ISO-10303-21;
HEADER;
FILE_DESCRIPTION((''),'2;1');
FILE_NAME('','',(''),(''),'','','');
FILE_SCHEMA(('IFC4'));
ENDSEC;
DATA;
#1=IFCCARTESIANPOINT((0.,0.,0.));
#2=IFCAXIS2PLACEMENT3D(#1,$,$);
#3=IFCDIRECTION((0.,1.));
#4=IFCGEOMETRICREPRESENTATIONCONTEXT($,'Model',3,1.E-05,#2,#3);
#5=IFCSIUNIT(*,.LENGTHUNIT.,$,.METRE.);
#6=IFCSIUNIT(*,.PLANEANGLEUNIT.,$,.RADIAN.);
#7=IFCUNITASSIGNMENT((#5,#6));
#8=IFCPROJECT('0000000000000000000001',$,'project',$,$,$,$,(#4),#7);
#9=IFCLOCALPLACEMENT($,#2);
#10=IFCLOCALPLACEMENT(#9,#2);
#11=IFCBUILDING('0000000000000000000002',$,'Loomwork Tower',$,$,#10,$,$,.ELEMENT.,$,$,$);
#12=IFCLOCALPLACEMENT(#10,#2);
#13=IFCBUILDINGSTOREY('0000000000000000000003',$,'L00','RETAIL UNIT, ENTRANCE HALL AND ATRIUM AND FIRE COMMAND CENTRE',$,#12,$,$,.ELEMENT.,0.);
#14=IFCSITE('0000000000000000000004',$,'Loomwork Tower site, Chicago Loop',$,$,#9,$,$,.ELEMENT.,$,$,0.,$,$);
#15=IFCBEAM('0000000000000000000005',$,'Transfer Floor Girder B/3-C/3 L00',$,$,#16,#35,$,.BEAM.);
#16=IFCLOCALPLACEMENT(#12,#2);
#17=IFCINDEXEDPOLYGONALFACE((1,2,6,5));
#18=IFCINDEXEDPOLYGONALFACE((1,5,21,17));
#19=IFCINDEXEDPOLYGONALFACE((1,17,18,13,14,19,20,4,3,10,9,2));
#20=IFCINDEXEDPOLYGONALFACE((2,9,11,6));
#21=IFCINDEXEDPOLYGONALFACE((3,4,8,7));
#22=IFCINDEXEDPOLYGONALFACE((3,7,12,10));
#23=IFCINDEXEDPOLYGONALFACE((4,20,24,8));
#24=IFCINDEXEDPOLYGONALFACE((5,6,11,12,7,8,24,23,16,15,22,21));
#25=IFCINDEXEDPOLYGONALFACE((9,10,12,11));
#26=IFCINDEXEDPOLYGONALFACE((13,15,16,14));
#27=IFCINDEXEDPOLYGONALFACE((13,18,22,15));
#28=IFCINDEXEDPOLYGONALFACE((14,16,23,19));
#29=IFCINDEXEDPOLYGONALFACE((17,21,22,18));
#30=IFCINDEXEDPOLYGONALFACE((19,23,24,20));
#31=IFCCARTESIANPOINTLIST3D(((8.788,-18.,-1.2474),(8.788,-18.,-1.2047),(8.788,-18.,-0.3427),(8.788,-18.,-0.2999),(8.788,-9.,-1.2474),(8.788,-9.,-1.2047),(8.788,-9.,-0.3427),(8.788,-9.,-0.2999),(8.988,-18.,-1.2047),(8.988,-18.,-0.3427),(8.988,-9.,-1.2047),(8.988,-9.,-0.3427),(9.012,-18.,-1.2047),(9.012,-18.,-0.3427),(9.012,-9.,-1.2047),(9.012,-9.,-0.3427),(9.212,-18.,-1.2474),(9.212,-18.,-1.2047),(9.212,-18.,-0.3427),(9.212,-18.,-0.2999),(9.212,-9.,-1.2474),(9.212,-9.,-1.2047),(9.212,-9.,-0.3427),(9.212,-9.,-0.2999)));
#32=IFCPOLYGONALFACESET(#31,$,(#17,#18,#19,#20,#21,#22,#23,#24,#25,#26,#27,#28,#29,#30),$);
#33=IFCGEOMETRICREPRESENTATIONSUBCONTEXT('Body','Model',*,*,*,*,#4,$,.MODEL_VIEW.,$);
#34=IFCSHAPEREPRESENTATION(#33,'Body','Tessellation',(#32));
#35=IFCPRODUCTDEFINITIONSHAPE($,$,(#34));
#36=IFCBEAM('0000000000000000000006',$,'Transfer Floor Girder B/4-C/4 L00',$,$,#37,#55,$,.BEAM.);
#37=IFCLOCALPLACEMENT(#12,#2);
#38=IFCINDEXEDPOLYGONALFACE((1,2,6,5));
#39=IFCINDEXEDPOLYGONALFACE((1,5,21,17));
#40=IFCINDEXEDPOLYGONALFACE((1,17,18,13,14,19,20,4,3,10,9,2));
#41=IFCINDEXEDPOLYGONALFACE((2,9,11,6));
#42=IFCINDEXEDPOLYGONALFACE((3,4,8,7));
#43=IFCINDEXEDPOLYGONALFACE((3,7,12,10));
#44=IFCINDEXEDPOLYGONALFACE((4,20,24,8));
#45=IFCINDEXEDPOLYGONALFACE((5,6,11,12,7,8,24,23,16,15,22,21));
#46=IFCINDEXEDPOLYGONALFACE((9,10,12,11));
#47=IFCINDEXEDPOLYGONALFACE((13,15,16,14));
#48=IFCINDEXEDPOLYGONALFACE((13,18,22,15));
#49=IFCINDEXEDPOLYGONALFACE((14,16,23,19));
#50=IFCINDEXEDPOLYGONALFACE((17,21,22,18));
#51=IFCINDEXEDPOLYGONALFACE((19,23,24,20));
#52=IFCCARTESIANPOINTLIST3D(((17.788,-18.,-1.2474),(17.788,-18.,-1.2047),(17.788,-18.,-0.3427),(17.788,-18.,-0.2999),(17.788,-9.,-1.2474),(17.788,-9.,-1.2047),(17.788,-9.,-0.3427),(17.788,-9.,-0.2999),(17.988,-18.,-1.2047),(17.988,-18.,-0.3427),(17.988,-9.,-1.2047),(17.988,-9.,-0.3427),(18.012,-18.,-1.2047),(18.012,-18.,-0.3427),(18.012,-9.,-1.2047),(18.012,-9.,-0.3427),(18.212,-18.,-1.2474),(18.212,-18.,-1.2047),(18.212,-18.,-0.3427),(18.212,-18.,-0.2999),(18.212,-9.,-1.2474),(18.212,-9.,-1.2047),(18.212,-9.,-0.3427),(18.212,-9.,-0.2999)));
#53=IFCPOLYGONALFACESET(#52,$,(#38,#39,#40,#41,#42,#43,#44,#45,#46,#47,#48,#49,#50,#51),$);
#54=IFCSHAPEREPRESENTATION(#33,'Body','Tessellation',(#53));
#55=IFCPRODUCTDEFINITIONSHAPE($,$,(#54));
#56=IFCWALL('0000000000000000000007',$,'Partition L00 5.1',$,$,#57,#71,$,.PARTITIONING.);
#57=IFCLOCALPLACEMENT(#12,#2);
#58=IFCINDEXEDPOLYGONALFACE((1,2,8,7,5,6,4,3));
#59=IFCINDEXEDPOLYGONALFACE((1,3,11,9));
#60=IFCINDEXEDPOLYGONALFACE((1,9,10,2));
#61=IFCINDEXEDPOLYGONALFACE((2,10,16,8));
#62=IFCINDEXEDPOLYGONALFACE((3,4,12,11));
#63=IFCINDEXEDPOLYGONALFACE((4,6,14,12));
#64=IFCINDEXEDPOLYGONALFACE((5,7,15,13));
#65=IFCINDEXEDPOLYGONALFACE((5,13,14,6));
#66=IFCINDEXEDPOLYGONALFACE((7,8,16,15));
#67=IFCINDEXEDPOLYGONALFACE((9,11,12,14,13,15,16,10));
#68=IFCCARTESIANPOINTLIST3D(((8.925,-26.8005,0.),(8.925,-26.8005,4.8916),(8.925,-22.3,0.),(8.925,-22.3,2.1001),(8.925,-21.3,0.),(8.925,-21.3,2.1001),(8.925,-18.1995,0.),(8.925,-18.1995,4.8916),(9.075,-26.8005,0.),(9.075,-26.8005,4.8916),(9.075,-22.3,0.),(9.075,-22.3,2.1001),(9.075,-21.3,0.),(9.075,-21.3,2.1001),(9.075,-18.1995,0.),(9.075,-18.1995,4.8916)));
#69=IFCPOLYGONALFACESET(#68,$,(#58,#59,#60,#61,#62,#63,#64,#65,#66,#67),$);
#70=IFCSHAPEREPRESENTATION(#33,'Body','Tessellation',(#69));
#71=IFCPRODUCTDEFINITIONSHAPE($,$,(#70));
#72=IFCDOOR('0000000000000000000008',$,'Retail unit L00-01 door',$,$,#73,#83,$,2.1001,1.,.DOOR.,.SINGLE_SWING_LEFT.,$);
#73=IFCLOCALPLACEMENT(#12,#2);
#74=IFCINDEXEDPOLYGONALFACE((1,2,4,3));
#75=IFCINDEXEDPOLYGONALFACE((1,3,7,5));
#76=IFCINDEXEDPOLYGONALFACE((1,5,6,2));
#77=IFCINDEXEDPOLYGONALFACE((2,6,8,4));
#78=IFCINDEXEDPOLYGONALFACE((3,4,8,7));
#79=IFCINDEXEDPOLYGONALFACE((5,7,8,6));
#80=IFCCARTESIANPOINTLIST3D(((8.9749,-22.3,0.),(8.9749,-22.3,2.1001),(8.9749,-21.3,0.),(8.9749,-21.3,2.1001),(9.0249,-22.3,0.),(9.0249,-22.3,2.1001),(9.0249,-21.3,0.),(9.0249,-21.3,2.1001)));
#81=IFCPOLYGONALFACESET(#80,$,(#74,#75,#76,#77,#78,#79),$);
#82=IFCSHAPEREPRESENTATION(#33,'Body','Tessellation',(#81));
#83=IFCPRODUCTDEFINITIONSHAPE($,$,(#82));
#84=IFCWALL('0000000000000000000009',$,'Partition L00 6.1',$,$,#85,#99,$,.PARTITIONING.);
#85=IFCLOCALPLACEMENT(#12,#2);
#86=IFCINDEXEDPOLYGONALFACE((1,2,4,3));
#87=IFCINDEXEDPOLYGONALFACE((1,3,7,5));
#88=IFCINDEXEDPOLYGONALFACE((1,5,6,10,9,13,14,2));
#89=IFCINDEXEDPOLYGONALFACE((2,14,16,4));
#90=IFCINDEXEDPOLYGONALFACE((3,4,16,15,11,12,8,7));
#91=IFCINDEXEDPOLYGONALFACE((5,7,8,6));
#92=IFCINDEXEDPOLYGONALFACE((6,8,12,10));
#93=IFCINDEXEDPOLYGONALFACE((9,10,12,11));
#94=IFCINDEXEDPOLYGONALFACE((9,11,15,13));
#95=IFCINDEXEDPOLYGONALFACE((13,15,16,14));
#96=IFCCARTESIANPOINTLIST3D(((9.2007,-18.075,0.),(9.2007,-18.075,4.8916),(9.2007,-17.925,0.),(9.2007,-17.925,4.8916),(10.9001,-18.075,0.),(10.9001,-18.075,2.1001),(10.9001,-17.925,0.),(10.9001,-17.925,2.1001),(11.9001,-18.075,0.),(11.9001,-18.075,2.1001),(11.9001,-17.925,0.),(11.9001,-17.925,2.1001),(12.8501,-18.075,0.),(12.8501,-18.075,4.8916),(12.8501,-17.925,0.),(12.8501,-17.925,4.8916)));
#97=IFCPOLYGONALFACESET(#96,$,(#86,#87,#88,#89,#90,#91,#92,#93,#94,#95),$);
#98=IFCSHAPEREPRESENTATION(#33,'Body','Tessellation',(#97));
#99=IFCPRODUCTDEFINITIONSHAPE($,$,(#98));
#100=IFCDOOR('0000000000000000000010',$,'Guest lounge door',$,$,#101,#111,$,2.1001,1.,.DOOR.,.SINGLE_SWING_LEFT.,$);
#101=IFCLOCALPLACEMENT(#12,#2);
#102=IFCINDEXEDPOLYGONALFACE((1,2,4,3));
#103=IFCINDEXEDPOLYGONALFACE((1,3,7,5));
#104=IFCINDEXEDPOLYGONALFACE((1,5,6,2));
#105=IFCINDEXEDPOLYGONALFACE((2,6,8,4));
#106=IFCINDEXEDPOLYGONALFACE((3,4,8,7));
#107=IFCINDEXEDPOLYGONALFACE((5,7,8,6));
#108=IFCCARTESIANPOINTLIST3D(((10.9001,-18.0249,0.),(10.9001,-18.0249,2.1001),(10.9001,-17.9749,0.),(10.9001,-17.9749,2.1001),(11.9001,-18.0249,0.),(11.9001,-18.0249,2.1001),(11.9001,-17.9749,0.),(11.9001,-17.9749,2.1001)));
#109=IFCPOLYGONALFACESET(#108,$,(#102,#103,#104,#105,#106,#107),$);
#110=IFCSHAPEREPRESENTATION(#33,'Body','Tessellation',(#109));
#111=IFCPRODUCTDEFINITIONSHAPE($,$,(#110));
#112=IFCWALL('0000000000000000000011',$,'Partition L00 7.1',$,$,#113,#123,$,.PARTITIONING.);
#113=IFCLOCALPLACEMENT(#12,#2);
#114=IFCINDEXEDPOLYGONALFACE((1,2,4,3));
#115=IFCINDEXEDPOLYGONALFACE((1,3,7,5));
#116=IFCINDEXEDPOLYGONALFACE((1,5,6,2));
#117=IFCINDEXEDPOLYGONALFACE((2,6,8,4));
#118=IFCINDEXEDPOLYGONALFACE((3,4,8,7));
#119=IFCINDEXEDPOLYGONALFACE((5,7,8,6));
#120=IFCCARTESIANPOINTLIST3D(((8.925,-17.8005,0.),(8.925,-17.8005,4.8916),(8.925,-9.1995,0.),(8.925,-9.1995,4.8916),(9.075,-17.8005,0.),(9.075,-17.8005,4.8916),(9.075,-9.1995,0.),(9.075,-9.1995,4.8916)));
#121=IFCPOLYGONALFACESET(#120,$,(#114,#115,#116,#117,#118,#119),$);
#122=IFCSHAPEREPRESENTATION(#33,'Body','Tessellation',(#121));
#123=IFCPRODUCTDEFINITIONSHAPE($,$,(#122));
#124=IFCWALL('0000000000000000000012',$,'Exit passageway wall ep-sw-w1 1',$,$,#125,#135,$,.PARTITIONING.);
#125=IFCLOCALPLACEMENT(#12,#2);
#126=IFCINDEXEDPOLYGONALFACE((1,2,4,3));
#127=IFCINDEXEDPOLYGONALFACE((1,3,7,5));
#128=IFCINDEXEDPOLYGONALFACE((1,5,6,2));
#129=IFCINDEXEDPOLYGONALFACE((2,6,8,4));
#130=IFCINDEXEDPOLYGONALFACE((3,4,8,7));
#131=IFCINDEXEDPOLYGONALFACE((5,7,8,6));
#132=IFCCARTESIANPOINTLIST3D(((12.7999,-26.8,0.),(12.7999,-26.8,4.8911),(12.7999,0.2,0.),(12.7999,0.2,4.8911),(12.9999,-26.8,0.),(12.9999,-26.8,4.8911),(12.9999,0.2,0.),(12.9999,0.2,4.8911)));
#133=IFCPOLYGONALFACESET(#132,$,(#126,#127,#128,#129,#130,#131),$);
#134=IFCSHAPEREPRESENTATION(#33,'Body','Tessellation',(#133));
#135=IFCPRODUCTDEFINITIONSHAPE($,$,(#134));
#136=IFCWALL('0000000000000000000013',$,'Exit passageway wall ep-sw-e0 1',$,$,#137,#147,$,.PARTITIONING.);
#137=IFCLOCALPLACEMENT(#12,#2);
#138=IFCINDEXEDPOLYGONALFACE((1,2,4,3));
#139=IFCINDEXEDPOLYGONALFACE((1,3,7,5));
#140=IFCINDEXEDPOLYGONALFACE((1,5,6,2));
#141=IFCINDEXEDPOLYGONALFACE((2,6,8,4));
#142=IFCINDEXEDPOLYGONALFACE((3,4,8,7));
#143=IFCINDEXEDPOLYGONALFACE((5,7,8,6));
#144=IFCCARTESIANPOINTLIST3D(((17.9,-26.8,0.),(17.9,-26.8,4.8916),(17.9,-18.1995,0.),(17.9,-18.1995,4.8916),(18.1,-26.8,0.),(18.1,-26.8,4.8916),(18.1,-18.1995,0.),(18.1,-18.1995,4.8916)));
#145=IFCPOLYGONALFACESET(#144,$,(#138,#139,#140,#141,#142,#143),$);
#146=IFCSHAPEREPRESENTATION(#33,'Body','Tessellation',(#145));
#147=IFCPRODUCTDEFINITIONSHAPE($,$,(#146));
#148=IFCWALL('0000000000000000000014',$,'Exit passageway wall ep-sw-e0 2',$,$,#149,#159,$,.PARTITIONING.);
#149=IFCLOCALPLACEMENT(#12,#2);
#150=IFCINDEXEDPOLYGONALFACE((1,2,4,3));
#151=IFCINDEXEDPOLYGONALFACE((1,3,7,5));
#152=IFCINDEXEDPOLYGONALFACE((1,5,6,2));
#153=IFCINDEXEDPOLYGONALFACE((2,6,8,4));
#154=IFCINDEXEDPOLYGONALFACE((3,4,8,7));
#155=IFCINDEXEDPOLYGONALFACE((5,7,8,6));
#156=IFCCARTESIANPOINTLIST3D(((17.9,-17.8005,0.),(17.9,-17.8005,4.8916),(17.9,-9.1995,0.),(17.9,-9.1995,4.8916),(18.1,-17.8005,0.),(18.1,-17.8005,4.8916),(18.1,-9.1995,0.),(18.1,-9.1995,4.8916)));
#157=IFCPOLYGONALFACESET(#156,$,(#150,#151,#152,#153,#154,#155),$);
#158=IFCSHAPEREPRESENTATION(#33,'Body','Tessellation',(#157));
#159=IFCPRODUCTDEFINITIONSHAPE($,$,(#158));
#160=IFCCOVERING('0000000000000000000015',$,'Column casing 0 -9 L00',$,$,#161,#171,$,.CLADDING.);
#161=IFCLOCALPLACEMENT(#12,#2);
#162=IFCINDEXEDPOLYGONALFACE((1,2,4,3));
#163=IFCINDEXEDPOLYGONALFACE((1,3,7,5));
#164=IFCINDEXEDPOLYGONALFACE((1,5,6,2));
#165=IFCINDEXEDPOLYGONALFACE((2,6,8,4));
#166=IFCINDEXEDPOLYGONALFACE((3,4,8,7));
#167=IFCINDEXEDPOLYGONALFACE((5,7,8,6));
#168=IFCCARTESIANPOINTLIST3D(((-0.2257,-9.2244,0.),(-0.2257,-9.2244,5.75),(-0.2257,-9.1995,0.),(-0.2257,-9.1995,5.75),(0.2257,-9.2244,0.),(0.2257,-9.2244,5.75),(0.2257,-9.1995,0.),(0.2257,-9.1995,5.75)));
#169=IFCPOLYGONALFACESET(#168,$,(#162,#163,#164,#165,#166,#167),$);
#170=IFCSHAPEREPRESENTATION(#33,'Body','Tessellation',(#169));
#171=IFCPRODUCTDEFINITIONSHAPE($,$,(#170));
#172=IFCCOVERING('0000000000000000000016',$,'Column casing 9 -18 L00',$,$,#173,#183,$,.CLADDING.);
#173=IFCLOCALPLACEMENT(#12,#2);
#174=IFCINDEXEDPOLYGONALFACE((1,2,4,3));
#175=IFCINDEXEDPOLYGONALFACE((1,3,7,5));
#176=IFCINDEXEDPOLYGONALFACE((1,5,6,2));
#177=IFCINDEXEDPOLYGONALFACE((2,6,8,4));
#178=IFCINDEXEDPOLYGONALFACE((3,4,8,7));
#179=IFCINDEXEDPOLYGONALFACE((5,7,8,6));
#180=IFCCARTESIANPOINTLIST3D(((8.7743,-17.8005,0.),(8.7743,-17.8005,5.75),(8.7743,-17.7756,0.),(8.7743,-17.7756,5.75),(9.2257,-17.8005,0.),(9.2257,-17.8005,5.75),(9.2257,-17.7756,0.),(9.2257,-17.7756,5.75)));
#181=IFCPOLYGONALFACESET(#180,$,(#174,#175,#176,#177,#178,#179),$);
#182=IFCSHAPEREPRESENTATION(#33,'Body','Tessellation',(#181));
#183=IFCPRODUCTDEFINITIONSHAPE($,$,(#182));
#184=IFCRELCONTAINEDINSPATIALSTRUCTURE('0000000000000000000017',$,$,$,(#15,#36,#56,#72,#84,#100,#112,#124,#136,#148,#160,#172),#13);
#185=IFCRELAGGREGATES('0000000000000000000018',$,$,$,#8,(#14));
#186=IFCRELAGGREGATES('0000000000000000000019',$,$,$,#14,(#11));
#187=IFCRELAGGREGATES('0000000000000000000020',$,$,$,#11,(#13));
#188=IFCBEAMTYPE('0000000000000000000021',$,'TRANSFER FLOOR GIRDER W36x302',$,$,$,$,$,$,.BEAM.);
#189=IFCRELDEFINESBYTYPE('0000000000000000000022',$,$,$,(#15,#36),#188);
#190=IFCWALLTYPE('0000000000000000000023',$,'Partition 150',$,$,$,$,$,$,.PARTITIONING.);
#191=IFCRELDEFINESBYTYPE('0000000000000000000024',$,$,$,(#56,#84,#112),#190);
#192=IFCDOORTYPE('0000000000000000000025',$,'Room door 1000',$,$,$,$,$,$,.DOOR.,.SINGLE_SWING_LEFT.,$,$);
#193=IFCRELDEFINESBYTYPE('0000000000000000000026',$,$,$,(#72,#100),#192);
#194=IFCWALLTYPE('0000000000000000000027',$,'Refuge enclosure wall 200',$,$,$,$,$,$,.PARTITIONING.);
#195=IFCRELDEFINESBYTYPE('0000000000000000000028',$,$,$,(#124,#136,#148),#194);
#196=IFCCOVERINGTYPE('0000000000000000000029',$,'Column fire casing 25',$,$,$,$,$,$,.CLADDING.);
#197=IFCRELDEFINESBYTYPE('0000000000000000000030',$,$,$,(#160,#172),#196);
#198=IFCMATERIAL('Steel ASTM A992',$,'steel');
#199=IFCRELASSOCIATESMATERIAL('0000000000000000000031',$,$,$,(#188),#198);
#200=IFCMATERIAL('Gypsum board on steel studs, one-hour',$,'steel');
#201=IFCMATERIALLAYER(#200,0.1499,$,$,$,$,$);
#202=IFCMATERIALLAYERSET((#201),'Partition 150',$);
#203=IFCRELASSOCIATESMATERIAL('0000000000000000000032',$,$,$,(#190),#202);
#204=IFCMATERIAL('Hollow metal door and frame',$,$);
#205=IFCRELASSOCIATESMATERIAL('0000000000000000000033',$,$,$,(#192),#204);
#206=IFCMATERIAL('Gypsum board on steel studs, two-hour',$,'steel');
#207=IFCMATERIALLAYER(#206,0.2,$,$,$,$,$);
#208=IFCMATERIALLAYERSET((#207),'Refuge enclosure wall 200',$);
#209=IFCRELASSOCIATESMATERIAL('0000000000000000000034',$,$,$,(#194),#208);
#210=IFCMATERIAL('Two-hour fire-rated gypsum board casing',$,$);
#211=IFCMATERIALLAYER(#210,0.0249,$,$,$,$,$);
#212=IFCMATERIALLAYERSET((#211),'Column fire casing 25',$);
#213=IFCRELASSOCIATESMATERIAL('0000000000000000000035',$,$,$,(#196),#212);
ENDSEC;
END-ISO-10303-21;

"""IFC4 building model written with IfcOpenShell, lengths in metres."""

from ifc_helpers import new_model, si_unit, direction, frame, frame_2d, origin, origin_2d, place, context, subcontext, project, spatial, rectangle, i_section, extrude, material, layer, layer_set, material_profile, profile_set, type_object, element, fill, save


model = new_model("IFC4")

# Units and contexts
model_context = context("Model", 3, precision=1e-05, world=origin(), true_north=direction((0.0, 1.0)))
body_context = subcontext(model_context, "Body", "Model", "MODEL_VIEW")
ifc_project = project(units=[si_unit("LENGTHUNIT", "METRE"), si_unit("PLANEANGLEUNIT", "RADIAN")], contexts=[model_context])

# Site, building, storey
site_placement = place(None, origin())
site = spatial("IfcSite", under=ifc_project, at=site_placement, Name="Loomwork Tower site, Chicago Loop", CompositionType="ELEMENT", RefElevation=0.0)
building_placement = place(site_placement, origin())
building = spatial("IfcBuilding", under=site, at=building_placement, Name="Loomwork Tower", CompositionType="ELEMENT")
storey_placement = place(building_placement, origin())
storey = spatial("IfcBuildingStorey", under=building, at=storey_placement, Name="L00", Description="RETAIL UNIT, ENTRANCE HALL AND ATRIUM AND FIRE COMMAND CENTRE", CompositionType="ELEMENT", Elevation=0.0)

# Beams
ifc_material_1 = material(Name="Steel ASTM A992", Category="steel")
ifc_material_profile_1 = material_profile(ifc_material_1, i_section(OverallWidth=0.4241, OverallDepth=0.9475, WebThickness=0.0239, FlangeThickness=0.0427, at=origin_2d()), Name="W36x302")
ifc_profile_set_1 = profile_set([ifc_material_profile_1], Name="Steel ASTM A992")
beam_type_1 = type_object("IfcBeamType", Name="TRANSFER FLOOR GIRDER W36x302", PredefinedType="BEAM", material=ifc_profile_set_1)
for number, where, z_axis, x_axis, name in (
    (1, (9.0, -18.0, -0.7737), (0.0, 1.0, 0.0), (-1.0, 0.0, 0.0), "Transfer Floor Girder B/3-C/3 L00"),
    (2, (18.0, -18.0, -0.7737), (0.0, 1.0, 0.0), (-1.0, 0.0, 0.0), "Transfer Floor Girder B/4-C/4 L00"),
):
    element("IfcBeam", number, at=place(storey_placement, frame(where, z_axis=z_axis, x_axis=x_axis)), inside=storey, type_object=beam_type_1, Name=name, PredefinedType="BEAM", context=body_context, shape_type="SweptSolid", body=[
        extrude(i_section(OverallWidth=0.4241, OverallDepth=0.9475, WebThickness=0.0239, FlangeThickness=0.0427, at=origin_2d()), origin(), (0.0, 0.0, 1.0), 9.0),
    ])

# Walls, openings, doors
ifc_material_2 = material(Name="Gypsum board on steel studs, one-hour", Category="steel")
ifc_layer_1 = layer(ifc_material_2, 0.1499)
ifc_layer_set_1 = layer_set([ifc_layer_1], Name="Partition 150")
wall_type_1 = type_object("IfcWallType", Name="Partition 150", PredefinedType="PARTITIONING", material=ifc_layer_set_1)
wall_1_placement = place(storey_placement, frame((9.0, -18.1995, 0.0), z_axis=(0.0, 0.0, 1.0), x_axis=(0.0, -1.0, 0.0)))
wall_1 = element("IfcWall", 3, at=wall_1_placement, inside=storey, type_object=wall_type_1, Name="Partition L00 5.1", PredefinedType="PARTITIONING", context=body_context, shape_type="SweptSolid", body=[
    extrude(rectangle(XDim=8.6011, YDim=0.1499, at=frame_2d((4.3005, 0.0))), origin(), (0.0, 0.0, 1.0), 4.8916),
])
opening_1_placement = place(wall_1_placement, frame((3.1006, 0.0, 0.0)))
opening_1 = element("IfcOpeningElement", 4, at=opening_1_placement, cuts=wall_1, PredefinedType="OPENING", context=body_context, shape_type="SweptSolid", body=[
    extrude(rectangle(XDim=1.0, YDim=2.1001, at=frame_2d((0.5, 1.05))), frame((0.0, 0.085, 0.0), z_axis=(0.0, -1.0, 0.0), x_axis=(1.0, 0.0, 0.0)), (0.0, 0.0, 1.0), 0.1699),
])
ifc_material_3 = material(Name="Hollow metal door and frame")
door_type = type_object("IfcDoorType", Name="Room door 1000", OperationType="SINGLE_SWING_LEFT", PredefinedType="DOOR", material=ifc_material_3)
door_1_placement = place(opening_1_placement, origin())
door_1 = element("IfcDoor", 5, at=door_1_placement, inside=storey, type_object=door_type, Name="Retail unit L00-01 door", OperationType="SINGLE_SWING_LEFT", OverallHeight=2.1001, OverallWidth=1.0, PredefinedType="DOOR", context=body_context, shape_type="SweptSolid", body=[
    extrude(rectangle(XDim=1.0, YDim=2.1001, at=frame_2d((0.5, 1.05))), frame((0.0, 0.0249, 0.0), z_axis=(0.0, -1.0, 0.0), x_axis=(1.0, 0.0, 0.0)), (0.0, 0.0, 1.0), 0.05),
])
fill(opening_1, door_1)
wall_2_placement = place(storey_placement, frame((12.8501, -18.0, 0.0), z_axis=(0.0, 0.0, 1.0), x_axis=(-1.0, 0.0, 0.0)))
wall_2 = element("IfcWall", 6, at=wall_2_placement, inside=storey, type_object=wall_type_1, Name="Partition L00 6.1", PredefinedType="PARTITIONING", context=body_context, shape_type="SweptSolid", body=[
    extrude(rectangle(XDim=3.6494, YDim=0.1499, at=frame_2d((1.8247, 0.0))), origin(), (0.0, 0.0, 1.0), 4.8916),
])
opening_2_placement = place(wall_2_placement, frame((0.95, 0.0, 0.0)))
opening_2 = element("IfcOpeningElement", 7, at=opening_2_placement, cuts=wall_2, PredefinedType="OPENING", context=body_context, shape_type="SweptSolid", body=[
    extrude(rectangle(XDim=1.0, YDim=2.1001, at=frame_2d((0.5, 1.05))), frame((0.0, 0.085, 0.0), z_axis=(0.0, -1.0, 0.0), x_axis=(1.0, 0.0, 0.0)), (0.0, 0.0, 1.0), 0.1699),
])
door_2_placement = place(opening_2_placement, origin())
door_2 = element("IfcDoor", 8, at=door_2_placement, inside=storey, type_object=door_type, Name="Guest lounge door", OperationType="SINGLE_SWING_LEFT", OverallHeight=2.1001, OverallWidth=1.0, PredefinedType="DOOR", context=body_context, shape_type="SweptSolid", body=[
    extrude(rectangle(XDim=1.0, YDim=2.1001, at=frame_2d((0.5, 1.05))), frame((0.0, 0.0249, 0.0), z_axis=(0.0, -1.0, 0.0), x_axis=(1.0, 0.0, 0.0)), (0.0, 0.0, 1.0), 0.05),
])
fill(opening_2, door_2)

# Walls
wall_3_placement = place(storey_placement, frame((9.0, -9.1995, 0.0), z_axis=(0.0, 0.0, 1.0), x_axis=(0.0, -1.0, 0.0)))
element("IfcWall", 9, at=wall_3_placement, inside=storey, type_object=wall_type_1, Name="Partition L00 7.1", PredefinedType="PARTITIONING", context=body_context, shape_type="SweptSolid", body=[
    extrude(rectangle(XDim=8.6011, YDim=0.1499, at=frame_2d((4.3005, 0.0))), origin(), (0.0, 0.0, 1.0), 4.8916),
])
ifc_material_4 = material(Name="Gypsum board on steel studs, two-hour", Category="steel")
ifc_layer_2 = layer(ifc_material_4, 0.2)
ifc_layer_set_2 = layer_set([ifc_layer_2], Name="Refuge enclosure wall 200")
wall_type_2 = type_object("IfcWallType", Name="Refuge enclosure wall 200", PredefinedType="PARTITIONING", material=ifc_layer_set_2)
wall_4_placement = place(storey_placement, frame((12.8999, -26.8, 0.0), z_axis=(0.0, 0.0, 1.0), x_axis=(0.0, 1.0, 0.0)))
element("IfcWall", 10, at=wall_4_placement, inside=storey, type_object=wall_type_2, Name="Exit passageway wall ep-sw-w1 1", PredefinedType="PARTITIONING", context=body_context, shape_type="SweptSolid", body=[
    extrude(rectangle(XDim=27.0, YDim=0.2, at=frame_2d((13.5, 0.0))), origin(), (0.0, 0.0, 1.0), 4.8911),
])
wall_5_placement = place(storey_placement, frame((18.0, -26.8, 0.0), z_axis=(0.0, 0.0, 1.0), x_axis=(0.0, 1.0, 0.0)))
element("IfcWall", 11, at=wall_5_placement, inside=storey, type_object=wall_type_2, Name="Exit passageway wall ep-sw-e0 1", PredefinedType="PARTITIONING", context=body_context, shape_type="SweptSolid", body=[
    extrude(rectangle(XDim=8.6006, YDim=0.2, at=frame_2d((4.3003, 0.0))), origin(), (0.0, 0.0, 1.0), 4.8916),
])
wall_6_placement = place(storey_placement, frame((18.0, -17.8005, 0.0), z_axis=(0.0, 0.0, 1.0), x_axis=(0.0, 1.0, 0.0)))
element("IfcWall", 12, at=wall_6_placement, inside=storey, type_object=wall_type_2, Name="Exit passageway wall ep-sw-e0 2", PredefinedType="PARTITIONING", context=body_context, shape_type="SweptSolid", body=[
    extrude(rectangle(XDim=8.6011, YDim=0.2, at=frame_2d((4.3005, 0.0))), origin(), (0.0, 0.0, 1.0), 4.8916),
])

# Coverings
ifc_material_5 = material(Name="Two-hour fire-rated gypsum board casing")
ifc_layer_3 = layer(ifc_material_5, 0.0249)
ifc_layer_set_3 = layer_set([ifc_layer_3], Name="Column fire casing 25")
covering_type = type_object("IfcCoveringType", Name="Column fire casing 25", PredefinedType="CLADDING", material=ifc_layer_set_3)
for number, where, z_axis, x_axis, name in (
    (13, (0.0, -9.2119, 0.0), (0.0, 0.0, 1.0), (1.0, 0.0, 0.0), "Column casing 0 -9 L00"),
    (14, (9.0, -17.7881, 0.0), (0.0, 0.0, 1.0), (1.0, 0.0, 0.0), "Column casing 9 -18 L00"),
):
    element("IfcCovering", number, at=place(storey_placement, frame(where, z_axis=z_axis, x_axis=x_axis)), inside=storey, type_object=covering_type, Name=name, PredefinedType="CLADDING", context=body_context, shape_type="SweptSolid", body=[
        extrude(rectangle(XDim=0.4514, YDim=0.0249, at=origin_2d()), origin(), (0.0, 0.0, 1.0), 5.75),
    ])

save(model, "model.ifc")
